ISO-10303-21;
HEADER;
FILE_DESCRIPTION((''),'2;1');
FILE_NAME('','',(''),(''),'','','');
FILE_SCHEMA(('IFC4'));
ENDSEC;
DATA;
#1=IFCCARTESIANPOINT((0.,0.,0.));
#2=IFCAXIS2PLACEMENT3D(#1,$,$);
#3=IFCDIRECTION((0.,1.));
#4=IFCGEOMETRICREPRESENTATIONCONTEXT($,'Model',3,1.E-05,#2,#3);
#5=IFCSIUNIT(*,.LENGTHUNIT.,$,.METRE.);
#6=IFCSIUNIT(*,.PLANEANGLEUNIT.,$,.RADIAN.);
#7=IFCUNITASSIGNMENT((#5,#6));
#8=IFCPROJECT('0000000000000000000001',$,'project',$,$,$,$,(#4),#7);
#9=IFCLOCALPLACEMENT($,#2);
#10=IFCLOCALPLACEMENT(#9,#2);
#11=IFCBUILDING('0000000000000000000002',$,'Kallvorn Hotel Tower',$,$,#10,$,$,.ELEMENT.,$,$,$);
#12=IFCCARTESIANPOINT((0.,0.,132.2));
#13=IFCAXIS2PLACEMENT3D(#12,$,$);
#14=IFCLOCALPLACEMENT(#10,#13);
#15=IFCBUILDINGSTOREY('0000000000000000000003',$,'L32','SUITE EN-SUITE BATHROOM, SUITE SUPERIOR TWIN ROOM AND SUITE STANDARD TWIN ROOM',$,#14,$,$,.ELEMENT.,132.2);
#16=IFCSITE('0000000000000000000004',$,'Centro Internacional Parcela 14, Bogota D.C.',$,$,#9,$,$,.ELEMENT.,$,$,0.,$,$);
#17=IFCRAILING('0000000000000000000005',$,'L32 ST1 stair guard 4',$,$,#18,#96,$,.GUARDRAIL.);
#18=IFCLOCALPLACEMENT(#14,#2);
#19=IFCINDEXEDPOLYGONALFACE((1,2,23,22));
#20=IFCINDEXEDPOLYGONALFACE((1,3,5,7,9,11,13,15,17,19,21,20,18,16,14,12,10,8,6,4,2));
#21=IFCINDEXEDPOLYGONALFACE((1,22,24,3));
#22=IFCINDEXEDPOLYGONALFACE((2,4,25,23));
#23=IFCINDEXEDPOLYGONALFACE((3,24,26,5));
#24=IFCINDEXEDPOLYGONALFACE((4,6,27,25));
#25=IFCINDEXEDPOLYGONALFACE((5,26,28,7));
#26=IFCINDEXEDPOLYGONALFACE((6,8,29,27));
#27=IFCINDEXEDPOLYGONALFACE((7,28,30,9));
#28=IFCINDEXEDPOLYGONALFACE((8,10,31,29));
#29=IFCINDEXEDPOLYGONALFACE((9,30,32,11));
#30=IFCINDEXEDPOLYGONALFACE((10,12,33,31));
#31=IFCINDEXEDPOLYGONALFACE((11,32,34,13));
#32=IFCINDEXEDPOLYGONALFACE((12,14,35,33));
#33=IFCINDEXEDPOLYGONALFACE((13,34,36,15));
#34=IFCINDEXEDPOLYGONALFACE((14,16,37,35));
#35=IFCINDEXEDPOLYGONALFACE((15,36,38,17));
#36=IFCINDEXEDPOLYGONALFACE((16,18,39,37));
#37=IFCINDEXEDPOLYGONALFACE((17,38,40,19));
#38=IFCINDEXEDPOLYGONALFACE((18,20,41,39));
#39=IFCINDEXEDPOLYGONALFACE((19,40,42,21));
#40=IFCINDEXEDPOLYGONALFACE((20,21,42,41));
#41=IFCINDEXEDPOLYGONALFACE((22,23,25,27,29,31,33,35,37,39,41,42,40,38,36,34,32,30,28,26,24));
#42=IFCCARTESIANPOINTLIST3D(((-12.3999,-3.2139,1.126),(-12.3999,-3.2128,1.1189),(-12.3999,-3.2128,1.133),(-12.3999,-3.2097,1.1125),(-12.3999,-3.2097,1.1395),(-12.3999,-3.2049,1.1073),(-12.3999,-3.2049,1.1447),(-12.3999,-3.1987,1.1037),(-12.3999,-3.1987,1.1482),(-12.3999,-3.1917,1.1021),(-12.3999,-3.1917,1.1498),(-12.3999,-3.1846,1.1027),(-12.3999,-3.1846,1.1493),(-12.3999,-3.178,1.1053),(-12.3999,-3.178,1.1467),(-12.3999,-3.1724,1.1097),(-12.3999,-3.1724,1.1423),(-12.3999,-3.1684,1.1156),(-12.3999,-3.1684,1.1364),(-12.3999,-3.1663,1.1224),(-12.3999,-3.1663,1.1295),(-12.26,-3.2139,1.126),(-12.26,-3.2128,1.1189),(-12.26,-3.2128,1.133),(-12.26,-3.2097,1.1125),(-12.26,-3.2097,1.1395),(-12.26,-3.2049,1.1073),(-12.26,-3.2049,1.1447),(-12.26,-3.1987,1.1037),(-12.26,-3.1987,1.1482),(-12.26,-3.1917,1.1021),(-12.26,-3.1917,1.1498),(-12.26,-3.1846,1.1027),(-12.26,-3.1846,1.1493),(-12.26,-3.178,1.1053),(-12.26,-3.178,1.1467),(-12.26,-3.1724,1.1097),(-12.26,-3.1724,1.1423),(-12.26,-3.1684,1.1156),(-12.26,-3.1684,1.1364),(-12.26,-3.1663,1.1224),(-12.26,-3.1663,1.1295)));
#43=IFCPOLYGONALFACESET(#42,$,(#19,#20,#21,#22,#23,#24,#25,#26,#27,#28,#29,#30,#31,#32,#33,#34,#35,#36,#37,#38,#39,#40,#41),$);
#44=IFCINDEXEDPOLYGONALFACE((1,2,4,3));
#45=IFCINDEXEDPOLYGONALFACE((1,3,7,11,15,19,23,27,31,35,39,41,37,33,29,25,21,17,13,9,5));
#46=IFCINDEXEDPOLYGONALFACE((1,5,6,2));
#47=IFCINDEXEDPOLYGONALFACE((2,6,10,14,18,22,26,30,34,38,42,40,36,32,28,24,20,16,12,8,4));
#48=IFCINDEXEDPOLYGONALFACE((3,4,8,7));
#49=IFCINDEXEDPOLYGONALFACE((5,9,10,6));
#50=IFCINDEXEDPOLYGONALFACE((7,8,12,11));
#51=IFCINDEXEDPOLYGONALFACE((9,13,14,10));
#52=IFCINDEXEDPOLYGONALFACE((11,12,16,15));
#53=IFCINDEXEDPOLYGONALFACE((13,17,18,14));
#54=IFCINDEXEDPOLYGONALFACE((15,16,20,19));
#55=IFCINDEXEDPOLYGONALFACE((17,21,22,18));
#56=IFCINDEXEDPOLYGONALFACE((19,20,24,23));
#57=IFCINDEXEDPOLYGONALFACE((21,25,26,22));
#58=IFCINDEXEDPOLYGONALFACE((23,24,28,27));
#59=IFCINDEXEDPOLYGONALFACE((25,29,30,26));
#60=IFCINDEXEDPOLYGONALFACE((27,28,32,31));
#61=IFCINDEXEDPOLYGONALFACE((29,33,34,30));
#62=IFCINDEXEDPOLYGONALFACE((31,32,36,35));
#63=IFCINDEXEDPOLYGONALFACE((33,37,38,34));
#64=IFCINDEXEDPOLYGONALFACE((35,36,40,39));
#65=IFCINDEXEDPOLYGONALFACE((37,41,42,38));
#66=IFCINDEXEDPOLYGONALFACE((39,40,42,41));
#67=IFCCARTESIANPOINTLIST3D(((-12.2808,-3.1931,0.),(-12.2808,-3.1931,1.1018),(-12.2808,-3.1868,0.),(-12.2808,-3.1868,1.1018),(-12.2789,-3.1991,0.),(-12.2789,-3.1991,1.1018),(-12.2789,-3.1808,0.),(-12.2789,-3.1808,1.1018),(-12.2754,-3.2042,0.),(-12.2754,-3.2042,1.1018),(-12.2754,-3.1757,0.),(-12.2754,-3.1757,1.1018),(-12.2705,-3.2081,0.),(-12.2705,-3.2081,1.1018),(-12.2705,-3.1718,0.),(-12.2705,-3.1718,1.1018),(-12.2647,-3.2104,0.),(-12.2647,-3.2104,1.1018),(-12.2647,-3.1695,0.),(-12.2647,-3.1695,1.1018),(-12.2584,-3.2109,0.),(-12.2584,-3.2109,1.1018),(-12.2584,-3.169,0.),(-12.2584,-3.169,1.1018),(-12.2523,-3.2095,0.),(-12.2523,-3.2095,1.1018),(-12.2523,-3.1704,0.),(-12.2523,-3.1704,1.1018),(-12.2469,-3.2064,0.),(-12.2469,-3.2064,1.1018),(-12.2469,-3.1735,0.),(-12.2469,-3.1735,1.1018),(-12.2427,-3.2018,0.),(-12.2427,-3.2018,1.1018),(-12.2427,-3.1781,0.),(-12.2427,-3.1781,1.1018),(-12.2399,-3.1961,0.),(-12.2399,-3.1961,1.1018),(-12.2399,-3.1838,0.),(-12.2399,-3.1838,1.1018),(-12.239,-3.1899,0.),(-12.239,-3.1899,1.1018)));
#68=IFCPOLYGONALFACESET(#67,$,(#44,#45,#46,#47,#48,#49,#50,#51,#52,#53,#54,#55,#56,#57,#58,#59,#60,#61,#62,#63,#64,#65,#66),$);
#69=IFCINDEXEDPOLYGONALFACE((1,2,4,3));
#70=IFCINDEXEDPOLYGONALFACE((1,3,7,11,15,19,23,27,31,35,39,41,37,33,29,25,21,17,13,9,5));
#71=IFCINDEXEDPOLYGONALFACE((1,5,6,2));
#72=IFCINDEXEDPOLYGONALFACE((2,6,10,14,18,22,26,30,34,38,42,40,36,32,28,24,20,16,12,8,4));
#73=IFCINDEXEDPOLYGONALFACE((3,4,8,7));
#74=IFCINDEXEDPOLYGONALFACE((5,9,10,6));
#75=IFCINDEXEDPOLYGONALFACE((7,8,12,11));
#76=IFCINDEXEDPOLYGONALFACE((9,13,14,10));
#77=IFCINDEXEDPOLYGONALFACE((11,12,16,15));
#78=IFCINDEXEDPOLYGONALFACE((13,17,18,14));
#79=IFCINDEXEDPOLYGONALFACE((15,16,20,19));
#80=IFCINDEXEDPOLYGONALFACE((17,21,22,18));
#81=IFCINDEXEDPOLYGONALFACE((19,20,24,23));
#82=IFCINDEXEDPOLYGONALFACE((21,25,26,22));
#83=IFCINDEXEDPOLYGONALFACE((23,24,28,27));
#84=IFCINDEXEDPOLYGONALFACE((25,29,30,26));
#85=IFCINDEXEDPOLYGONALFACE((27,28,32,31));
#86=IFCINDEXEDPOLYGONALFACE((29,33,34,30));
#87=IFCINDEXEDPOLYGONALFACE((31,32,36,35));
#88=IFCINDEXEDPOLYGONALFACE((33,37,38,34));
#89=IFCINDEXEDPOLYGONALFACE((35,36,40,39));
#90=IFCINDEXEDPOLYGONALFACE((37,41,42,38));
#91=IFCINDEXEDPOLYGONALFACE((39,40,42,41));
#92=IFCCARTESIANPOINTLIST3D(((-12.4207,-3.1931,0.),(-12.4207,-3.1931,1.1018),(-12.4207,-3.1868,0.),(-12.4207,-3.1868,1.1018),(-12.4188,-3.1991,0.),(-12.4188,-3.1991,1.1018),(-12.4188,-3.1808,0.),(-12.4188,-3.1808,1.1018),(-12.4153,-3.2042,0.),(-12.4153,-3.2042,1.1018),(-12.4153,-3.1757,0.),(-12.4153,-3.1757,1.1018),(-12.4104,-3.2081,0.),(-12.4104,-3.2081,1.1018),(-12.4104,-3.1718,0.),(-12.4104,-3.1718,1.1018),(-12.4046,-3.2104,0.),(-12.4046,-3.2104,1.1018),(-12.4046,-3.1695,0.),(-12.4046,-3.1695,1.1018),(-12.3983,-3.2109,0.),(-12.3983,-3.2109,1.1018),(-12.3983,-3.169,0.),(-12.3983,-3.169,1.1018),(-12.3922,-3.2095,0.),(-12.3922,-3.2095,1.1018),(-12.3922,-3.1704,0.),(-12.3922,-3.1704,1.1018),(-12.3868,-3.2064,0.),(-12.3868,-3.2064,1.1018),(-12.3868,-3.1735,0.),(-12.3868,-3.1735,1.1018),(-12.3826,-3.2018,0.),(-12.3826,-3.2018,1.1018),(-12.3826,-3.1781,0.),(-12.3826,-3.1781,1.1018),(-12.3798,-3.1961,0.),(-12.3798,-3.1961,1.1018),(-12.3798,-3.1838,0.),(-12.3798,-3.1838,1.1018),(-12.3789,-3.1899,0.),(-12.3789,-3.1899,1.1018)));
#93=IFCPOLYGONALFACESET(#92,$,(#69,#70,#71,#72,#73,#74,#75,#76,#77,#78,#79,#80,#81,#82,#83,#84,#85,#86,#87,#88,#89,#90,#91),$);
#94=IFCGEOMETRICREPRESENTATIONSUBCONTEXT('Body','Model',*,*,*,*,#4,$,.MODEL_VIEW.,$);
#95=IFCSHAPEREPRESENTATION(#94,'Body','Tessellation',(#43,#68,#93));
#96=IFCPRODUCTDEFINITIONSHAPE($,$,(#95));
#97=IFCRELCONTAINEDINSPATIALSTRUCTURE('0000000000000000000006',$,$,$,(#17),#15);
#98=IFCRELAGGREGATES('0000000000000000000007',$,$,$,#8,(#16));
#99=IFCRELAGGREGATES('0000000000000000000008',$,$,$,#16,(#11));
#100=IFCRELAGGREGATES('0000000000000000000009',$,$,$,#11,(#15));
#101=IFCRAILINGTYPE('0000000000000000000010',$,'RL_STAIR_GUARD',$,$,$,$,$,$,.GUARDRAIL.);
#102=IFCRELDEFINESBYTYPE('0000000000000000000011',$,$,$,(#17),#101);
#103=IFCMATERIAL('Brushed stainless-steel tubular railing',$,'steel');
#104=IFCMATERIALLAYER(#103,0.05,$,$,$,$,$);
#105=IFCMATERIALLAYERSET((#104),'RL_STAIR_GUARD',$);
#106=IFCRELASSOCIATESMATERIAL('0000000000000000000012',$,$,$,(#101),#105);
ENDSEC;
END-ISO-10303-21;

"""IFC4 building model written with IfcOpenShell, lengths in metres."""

from ifc_helpers import new_model, si_unit, direction, frame, origin, origin_2d, place, context, subcontext, project, spatial, circle, extrude, material, layer, layer_set, type_object, element, save


model = new_model("IFC4")

# Units and contexts
model_context = context("Model", 3, precision=1e-05, world=origin(), true_north=direction((0.0, 1.0)))
body_context = subcontext(model_context, "Body", "Model", "MODEL_VIEW")
ifc_project = project(units=[si_unit("LENGTHUNIT", "METRE"), si_unit("PLANEANGLEUNIT", "RADIAN")], contexts=[model_context])

# Site, building, storey
site_placement = place(None, origin())
site = spatial("IfcSite", under=ifc_project, at=site_placement, Name="Centro Internacional Parcela 14, Bogota D.C.", CompositionType="ELEMENT", RefElevation=0.0)
building_placement = place(site_placement, origin())
building = spatial("IfcBuilding", under=site, at=building_placement, Name="Kallvorn Hotel Tower", CompositionType="ELEMENT")
storey_placement = place(building_placement, frame((0.0, 0.0, 132.2)))
storey = spatial("IfcBuildingStorey", under=building, at=storey_placement, Name="L32", Description="SUITE EN-SUITE BATHROOM, SUITE SUPERIOR TWIN ROOM AND SUITE STANDARD TWIN ROOM", CompositionType="ELEMENT", Elevation=132.2)

# Railing
ifc_material_1 = material(Name="Brushed stainless-steel tubular railing", Category="steel")
ifc_layer_1 = layer(ifc_material_1, 0.05)
ifc_layer_set_1 = layer_set([ifc_layer_1], Name="RL_STAIR_GUARD")
railing_type_1 = type_object("IfcRailingType", Name="RL_STAIR_GUARD", PredefinedType="GUARDRAIL", material=ifc_layer_set_1)
railing_1_placement = place(storey_placement, frame((-12.26, -3.1899, 0.0)))
element("IfcRailing", 1, at=railing_1_placement, inside=storey, type_object=railing_type_1, Name="L32 ST1 stair guard 4", PredefinedType="GUARDRAIL", context=body_context, shape_type="SweptSolid", body=[
    extrude(circle(Radius=0.0239, at=origin_2d()), frame((0.0, 0.0, 1.126), z_axis=(-1.0, 0.0, 0.0), x_axis=(0.0, -1.0, 0.0)), (0.0, 0.0, 1.0), 0.1399),
    extrude(circle(Radius=0.021, at=origin_2d()), origin(), (0.0, 0.0, 1.0), 1.1018),
    extrude(circle(Radius=0.021, at=origin_2d()), frame((-0.1399, 0.0, 0.0)), (0.0, 0.0, 1.0), 1.1018),
])

save(model, "model.ifc")
